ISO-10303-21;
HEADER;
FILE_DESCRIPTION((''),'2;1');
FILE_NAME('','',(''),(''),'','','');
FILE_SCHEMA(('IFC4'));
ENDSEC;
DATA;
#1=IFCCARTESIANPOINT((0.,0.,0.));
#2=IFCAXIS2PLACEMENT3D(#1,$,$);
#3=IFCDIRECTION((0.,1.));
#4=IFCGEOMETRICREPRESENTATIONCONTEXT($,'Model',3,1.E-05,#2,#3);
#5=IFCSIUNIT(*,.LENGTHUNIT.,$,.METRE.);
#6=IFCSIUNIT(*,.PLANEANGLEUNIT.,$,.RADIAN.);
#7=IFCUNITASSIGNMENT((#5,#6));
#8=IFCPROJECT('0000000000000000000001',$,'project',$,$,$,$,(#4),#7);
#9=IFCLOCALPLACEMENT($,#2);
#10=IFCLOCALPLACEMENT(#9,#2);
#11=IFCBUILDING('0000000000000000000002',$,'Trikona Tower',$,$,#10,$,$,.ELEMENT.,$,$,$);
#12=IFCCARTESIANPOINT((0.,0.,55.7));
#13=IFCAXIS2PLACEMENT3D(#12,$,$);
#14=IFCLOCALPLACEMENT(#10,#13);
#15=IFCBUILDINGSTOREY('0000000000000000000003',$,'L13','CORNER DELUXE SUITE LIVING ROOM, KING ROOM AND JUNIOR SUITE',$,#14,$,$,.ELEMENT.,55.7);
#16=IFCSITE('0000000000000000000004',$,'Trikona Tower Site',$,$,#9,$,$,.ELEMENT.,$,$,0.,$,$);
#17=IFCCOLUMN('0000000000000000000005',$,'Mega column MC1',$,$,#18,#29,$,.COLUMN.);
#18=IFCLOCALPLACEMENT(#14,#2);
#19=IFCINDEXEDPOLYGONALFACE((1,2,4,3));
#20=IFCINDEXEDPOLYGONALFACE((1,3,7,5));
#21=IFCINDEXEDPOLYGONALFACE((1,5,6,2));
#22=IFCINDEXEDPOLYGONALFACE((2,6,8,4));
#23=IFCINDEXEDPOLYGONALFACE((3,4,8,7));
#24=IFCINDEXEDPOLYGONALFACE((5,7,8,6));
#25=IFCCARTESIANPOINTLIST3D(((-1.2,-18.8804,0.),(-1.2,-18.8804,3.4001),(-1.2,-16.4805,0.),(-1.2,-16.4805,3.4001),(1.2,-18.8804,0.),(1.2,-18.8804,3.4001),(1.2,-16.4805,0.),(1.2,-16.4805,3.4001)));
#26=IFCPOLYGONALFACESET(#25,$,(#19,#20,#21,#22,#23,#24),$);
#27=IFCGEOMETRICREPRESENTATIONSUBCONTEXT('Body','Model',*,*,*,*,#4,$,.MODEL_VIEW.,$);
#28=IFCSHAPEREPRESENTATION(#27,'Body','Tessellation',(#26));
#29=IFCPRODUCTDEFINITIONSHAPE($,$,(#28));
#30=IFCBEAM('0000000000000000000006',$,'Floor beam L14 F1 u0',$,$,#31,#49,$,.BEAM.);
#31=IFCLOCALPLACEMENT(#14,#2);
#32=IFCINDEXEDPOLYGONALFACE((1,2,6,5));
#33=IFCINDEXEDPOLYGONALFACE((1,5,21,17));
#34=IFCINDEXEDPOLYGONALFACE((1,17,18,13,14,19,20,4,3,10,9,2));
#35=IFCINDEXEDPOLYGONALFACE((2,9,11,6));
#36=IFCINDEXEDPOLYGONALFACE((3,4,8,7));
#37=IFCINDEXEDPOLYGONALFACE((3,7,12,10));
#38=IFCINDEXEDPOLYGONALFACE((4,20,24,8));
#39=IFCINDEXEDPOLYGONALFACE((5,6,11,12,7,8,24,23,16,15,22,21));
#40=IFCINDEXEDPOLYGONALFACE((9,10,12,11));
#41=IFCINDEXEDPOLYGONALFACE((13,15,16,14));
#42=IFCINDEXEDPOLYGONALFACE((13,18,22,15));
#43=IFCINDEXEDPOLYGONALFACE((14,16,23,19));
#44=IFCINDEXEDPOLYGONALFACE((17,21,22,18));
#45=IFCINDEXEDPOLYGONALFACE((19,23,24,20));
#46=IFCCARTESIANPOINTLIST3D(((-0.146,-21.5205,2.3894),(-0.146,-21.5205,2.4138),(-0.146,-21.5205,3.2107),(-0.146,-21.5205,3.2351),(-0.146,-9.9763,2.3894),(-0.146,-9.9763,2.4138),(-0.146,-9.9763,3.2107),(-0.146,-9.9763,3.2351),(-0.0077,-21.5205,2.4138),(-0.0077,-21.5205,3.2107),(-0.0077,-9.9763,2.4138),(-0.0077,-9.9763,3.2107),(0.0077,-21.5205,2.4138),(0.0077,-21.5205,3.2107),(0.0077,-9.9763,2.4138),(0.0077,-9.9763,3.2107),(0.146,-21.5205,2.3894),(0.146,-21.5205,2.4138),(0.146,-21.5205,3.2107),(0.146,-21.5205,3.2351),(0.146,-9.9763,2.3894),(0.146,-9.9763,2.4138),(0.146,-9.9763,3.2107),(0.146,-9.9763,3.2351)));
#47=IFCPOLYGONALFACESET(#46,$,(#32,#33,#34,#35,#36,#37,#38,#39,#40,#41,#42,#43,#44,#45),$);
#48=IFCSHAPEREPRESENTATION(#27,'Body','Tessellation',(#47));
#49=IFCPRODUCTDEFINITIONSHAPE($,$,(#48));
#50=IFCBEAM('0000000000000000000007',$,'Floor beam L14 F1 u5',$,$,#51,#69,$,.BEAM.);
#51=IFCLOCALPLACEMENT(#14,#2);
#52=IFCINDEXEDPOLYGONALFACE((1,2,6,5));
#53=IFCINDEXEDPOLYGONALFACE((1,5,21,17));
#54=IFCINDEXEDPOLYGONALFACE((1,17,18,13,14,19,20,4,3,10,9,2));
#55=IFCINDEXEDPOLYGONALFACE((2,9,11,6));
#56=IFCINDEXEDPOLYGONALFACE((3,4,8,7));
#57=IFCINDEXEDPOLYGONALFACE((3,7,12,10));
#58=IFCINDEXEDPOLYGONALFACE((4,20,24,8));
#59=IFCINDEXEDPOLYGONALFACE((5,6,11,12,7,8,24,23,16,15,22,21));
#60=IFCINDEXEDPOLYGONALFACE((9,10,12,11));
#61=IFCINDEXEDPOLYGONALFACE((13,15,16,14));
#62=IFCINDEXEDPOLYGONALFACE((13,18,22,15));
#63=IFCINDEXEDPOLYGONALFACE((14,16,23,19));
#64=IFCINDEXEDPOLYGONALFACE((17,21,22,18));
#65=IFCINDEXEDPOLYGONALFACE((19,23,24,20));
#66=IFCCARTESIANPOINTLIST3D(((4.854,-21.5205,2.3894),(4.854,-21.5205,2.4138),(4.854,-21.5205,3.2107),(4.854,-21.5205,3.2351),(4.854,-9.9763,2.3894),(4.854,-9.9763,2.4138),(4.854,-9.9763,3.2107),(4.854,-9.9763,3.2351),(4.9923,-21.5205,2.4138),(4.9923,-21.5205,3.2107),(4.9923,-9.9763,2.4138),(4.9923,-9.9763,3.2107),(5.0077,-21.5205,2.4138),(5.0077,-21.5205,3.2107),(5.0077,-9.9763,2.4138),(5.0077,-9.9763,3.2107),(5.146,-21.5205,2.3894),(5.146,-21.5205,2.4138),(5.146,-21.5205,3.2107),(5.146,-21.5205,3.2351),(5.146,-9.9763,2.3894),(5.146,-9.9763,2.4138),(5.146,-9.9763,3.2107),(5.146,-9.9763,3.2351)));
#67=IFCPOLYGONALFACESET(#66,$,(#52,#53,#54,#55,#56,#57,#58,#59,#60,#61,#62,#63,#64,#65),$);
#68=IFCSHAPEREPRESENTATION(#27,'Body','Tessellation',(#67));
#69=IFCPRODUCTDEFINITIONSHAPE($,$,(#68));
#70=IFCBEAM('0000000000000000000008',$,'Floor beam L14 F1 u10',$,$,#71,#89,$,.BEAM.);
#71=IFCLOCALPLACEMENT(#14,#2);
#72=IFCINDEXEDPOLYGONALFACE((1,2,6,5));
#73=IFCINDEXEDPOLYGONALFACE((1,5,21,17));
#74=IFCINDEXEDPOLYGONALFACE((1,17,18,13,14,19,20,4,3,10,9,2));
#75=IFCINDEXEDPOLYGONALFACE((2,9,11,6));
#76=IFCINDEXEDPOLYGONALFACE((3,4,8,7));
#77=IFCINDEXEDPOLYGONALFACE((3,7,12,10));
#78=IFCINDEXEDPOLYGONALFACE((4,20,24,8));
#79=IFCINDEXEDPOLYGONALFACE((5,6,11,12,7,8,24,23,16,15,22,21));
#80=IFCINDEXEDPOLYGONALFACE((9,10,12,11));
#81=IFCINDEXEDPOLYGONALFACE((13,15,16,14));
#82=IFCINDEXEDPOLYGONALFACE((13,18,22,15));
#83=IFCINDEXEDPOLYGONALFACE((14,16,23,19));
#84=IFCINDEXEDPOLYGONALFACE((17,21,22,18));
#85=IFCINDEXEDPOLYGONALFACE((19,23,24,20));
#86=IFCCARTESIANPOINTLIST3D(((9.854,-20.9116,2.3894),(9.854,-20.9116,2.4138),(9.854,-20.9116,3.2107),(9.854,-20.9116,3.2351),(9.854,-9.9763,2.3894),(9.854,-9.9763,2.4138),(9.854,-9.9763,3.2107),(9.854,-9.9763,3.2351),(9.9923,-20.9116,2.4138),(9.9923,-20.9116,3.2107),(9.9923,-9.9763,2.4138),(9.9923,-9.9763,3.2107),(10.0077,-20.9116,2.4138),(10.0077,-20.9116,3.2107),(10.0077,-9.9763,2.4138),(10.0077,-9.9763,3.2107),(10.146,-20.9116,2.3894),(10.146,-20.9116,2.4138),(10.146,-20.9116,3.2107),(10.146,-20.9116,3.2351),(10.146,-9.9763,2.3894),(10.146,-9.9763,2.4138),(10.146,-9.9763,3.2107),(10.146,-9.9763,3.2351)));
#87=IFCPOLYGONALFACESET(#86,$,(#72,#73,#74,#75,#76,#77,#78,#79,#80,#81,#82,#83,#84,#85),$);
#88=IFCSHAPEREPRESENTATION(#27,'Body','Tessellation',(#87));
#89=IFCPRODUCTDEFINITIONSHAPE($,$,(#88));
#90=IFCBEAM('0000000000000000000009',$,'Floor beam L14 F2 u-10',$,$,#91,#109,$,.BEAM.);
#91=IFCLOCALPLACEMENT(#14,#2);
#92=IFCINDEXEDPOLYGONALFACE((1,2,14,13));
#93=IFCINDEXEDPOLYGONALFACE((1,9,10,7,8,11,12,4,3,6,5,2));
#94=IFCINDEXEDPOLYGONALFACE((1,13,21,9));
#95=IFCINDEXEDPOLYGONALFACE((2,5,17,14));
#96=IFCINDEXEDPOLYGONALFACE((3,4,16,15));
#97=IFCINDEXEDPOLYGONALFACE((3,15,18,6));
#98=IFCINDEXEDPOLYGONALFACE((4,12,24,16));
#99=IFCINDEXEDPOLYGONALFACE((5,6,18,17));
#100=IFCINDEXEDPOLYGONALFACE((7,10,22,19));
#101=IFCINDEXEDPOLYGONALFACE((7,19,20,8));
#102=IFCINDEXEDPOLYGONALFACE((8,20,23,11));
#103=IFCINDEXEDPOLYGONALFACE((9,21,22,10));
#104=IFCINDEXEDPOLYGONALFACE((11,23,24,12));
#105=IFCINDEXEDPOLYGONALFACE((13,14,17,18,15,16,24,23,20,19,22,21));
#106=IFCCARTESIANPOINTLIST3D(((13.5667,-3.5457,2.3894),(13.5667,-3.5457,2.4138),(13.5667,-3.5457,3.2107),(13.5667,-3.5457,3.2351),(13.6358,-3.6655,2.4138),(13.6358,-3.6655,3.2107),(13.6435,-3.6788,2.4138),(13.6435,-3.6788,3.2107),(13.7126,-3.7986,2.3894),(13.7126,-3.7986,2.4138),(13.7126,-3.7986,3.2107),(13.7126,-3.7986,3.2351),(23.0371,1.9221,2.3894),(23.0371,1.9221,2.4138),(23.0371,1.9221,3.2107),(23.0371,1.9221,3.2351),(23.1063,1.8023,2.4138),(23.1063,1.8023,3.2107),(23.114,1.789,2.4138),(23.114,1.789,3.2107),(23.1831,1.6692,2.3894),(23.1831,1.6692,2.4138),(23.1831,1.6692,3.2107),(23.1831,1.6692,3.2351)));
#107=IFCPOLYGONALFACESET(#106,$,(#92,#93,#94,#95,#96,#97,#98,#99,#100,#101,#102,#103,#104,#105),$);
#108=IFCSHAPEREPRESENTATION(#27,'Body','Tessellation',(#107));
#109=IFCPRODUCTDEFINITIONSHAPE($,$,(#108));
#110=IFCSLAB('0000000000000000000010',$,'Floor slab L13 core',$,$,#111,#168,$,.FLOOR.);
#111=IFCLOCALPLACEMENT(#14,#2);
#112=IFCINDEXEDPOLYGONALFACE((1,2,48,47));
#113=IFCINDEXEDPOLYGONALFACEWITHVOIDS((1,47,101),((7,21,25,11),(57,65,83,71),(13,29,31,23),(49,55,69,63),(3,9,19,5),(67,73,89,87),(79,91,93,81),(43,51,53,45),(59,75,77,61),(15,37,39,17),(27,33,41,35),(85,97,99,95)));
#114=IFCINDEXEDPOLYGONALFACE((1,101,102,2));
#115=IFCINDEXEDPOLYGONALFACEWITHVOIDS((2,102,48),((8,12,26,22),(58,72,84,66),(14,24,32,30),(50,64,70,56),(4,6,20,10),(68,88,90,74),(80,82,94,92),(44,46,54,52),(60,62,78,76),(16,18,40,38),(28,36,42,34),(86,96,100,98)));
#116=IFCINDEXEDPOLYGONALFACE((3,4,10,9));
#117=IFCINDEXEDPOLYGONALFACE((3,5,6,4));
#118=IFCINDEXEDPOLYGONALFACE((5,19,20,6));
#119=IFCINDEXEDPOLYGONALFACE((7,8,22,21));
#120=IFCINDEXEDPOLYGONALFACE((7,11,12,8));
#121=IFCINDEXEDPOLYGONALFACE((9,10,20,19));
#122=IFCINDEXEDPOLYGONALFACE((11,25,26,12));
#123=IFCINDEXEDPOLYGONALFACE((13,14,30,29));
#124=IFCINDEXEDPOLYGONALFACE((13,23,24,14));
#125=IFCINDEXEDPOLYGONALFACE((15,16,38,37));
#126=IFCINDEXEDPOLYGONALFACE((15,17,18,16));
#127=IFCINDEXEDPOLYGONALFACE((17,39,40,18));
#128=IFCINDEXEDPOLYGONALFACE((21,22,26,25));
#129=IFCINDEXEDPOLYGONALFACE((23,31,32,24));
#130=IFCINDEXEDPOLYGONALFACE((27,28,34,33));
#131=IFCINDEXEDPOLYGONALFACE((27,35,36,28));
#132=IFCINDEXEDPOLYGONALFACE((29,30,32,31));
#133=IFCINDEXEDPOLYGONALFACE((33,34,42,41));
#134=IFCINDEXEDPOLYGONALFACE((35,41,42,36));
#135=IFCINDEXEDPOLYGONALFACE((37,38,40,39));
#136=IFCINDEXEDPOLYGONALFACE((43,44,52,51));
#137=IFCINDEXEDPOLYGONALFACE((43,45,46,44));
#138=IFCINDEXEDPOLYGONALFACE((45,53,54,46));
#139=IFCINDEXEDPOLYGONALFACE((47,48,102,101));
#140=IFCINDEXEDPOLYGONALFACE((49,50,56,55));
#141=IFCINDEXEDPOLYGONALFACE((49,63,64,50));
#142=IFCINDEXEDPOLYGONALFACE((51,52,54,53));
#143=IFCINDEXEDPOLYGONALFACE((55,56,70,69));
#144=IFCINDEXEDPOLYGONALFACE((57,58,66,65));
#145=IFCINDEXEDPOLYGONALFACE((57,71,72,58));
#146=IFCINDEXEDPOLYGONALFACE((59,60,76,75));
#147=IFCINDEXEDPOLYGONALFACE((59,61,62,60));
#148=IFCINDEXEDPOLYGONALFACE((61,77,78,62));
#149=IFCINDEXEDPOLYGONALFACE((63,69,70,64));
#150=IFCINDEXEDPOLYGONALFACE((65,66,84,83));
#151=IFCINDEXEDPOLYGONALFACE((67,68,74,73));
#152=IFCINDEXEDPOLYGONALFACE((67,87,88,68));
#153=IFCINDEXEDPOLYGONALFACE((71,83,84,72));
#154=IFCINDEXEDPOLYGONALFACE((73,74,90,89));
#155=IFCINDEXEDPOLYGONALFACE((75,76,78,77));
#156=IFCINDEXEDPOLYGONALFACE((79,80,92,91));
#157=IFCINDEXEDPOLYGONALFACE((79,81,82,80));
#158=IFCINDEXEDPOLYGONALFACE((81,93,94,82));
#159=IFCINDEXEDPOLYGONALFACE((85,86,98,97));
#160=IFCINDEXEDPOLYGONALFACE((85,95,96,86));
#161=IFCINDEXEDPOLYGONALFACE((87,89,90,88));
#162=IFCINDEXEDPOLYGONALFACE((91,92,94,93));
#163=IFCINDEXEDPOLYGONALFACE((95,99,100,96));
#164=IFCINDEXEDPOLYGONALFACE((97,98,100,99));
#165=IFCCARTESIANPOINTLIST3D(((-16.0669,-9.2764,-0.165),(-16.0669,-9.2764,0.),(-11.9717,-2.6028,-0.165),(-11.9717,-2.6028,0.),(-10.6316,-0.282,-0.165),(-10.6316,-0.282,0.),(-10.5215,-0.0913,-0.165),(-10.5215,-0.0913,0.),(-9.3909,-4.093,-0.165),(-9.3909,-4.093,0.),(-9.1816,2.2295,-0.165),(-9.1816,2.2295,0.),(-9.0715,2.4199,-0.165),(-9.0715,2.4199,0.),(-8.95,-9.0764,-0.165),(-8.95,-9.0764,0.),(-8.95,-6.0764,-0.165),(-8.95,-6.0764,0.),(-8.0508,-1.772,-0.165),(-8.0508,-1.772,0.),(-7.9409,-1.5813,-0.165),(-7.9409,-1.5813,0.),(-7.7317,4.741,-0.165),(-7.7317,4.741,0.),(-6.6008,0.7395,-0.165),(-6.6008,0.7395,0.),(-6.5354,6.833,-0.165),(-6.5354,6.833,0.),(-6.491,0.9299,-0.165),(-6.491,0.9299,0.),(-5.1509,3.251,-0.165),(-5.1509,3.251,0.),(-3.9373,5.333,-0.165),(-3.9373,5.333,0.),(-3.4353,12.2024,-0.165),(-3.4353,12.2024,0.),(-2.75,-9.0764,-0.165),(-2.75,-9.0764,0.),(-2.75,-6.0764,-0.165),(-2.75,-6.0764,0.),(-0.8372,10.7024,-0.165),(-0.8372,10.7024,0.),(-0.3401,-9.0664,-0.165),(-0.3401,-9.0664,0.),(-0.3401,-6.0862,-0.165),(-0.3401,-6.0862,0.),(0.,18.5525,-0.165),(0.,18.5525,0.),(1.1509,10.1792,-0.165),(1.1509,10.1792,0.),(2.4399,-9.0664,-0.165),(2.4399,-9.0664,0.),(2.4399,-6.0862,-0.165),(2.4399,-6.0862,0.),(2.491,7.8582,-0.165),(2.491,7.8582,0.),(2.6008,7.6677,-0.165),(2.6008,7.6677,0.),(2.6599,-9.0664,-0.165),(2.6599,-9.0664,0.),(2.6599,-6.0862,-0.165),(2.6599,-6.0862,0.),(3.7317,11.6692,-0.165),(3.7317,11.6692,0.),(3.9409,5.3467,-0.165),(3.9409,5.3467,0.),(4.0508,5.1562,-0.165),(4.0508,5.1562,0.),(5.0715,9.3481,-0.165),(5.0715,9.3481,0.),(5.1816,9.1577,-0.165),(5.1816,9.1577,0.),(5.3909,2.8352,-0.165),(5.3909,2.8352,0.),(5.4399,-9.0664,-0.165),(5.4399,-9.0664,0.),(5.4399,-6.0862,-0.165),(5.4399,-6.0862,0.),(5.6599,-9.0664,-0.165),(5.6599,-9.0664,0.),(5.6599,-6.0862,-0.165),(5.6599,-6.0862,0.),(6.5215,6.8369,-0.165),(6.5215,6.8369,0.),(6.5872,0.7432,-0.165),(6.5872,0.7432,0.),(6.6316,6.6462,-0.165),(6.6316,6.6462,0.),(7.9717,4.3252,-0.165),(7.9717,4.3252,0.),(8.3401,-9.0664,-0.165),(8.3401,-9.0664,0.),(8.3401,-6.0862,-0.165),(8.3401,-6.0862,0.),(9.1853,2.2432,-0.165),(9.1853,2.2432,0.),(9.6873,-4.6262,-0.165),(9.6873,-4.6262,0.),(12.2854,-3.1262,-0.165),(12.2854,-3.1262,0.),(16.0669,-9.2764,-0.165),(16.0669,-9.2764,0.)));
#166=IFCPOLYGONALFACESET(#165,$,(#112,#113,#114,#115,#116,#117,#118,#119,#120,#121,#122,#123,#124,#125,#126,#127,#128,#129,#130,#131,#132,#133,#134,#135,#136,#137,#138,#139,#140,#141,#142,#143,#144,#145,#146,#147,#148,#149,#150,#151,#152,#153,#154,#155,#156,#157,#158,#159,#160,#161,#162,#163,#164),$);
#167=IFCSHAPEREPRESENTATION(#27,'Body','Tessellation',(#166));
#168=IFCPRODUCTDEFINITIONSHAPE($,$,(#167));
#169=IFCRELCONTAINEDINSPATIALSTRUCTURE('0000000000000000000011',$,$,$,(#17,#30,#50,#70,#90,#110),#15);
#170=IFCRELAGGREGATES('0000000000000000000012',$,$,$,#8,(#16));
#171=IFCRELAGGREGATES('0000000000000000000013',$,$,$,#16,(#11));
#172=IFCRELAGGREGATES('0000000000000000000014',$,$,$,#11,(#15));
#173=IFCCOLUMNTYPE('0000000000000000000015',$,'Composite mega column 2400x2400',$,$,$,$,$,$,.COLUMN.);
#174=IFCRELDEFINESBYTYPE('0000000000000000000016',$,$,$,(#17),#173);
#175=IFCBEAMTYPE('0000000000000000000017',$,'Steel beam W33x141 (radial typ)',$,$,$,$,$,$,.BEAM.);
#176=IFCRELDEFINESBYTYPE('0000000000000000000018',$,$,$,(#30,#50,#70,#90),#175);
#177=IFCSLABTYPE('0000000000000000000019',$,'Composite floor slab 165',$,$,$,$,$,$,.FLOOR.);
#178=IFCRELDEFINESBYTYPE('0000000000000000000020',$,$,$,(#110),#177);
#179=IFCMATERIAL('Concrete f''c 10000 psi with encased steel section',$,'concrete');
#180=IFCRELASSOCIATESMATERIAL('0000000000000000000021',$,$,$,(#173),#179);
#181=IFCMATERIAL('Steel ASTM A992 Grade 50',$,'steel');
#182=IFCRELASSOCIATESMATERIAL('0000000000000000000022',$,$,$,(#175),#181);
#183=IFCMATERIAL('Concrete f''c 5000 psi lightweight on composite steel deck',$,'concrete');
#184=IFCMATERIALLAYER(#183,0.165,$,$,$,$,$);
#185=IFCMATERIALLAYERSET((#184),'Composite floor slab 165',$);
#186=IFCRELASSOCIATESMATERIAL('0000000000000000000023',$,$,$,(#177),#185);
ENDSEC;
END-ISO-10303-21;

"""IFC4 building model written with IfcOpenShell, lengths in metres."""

from ifc_helpers import new_model, si_unit, direction, frame, origin, origin_2d, place, context, subcontext, project, spatial, polyline, rectangle, i_section, outline, extrude, material, layer, layer_set, material_profile, profile_set, type_object, element, save


model = new_model("IFC4")

# Units and contexts
model_context = context("Model", 3, precision=1e-05, world=origin(), true_north=direction((0.0, 1.0)))
body_context = subcontext(model_context, "Body", "Model", "MODEL_VIEW")
ifc_project = project(units=[si_unit("LENGTHUNIT", "METRE"), si_unit("PLANEANGLEUNIT", "RADIAN")], contexts=[model_context])

# Site, building, storey
site_placement = place(None, origin())
site = spatial("IfcSite", under=ifc_project, at=site_placement, Name="Trikona Tower Site", CompositionType="ELEMENT", RefElevation=0.0)
building_placement = place(site_placement, origin())
building = spatial("IfcBuilding", under=site, at=building_placement, Name="Trikona Tower", CompositionType="ELEMENT")
storey_placement = place(building_placement, frame((0.0, 0.0, 55.7)))
storey = spatial("IfcBuildingStorey", under=building, at=storey_placement, Name="L13", Description="CORNER DELUXE SUITE LIVING ROOM, KING ROOM AND JUNIOR SUITE", CompositionType="ELEMENT", Elevation=55.7)

# Column
ifc_material_1 = material(Name="Concrete f'c 10000 psi with encased steel section", Category="concrete")
ifc_material_profile_1 = material_profile(ifc_material_1, rectangle(XDim=2.3999, YDim=2.3999, at=origin_2d()), Name="MC2400")
ifc_profile_set_1 = profile_set([ifc_material_profile_1], Name="Concrete f'c 10000 psi with encased steel section")
column_type = type_object("IfcColumnType", Name="Composite mega column 2400x2400", PredefinedType="COLUMN", material=ifc_profile_set_1)
column_placement = place(storey_placement, frame((0.0, -17.6804, 0.0), z_axis=(0.0, 0.0, 1.0), x_axis=(0.0, -1.0, 0.0)))
element("IfcColumn", 1, at=column_placement, inside=storey, type_object=column_type, Name="Mega column MC1", PredefinedType="COLUMN", context=body_context, shape_type="SweptSolid", body=[
    extrude(rectangle(XDim=2.3999, YDim=2.3999, at=origin_2d()), origin(), (0.0, 0.0, 1.0), 3.4001),
])

# Beams
ifc_material_2 = material(Name="Steel ASTM A992 Grade 50", Category="steel")
ifc_material_profile_2 = material_profile(ifc_material_2, i_section(OverallWidth=0.292, OverallDepth=0.8457, WebThickness=0.0154, FlangeThickness=0.0244, at=origin_2d()), Name="W33X141")
ifc_profile_set_2 = profile_set([ifc_material_profile_2], Name="Steel ASTM A992 Grade 50")
beam_type = type_object("IfcBeamType", Name="Steel beam W33x141 (radial typ)", PredefinedType="BEAM", material=ifc_profile_set_2)
for number, where, z_axis, x_axis, name in (
    (2, (0.0, -9.9763, 2.8123), (0.0, -1.0, 0.0), (1.0, 0.0, 0.0), "Floor beam L14 F1 u0"),
    (3, (5.0, -9.9763, 2.8123), (0.0, -1.0, 0.0), (1.0, 0.0, 0.0), "Floor beam L14 F1 u5"),
):
    element("IfcBeam", number, at=place(storey_placement, frame(where, z_axis=z_axis, x_axis=x_axis)), inside=storey, type_object=beam_type, Name=name, PredefinedType="BEAM", context=body_context, shape_type="SweptSolid", body=[
        extrude(i_section(OverallWidth=0.292, OverallDepth=0.8457, WebThickness=0.0154, FlangeThickness=0.0244, at=origin_2d()), origin(), (0.0, 0.0, 1.0), 11.5442),
    ])
beam_1_placement = place(storey_placement, frame((10.0, -9.9763, 2.8123), z_axis=(0.0, -1.0, 0.0), x_axis=(1.0, 0.0, 0.0)))
element("IfcBeam", 4, at=beam_1_placement, inside=storey, type_object=beam_type, Name="Floor beam L14 F1 u10", PredefinedType="BEAM", context=body_context, shape_type="SweptSolid", body=[
    extrude(i_section(OverallWidth=0.292, OverallDepth=0.8457, WebThickness=0.0154, FlangeThickness=0.0244, at=origin_2d()), origin(), (0.0, 0.0, 1.0), 10.9353),
])
beam_2_placement = place(storey_placement, frame((13.6396, -3.6721, 2.8123), z_axis=(0.866025, 0.5, 0.0), x_axis=(-0.5, 0.866025, 0.0)))
element("IfcBeam", 5, at=beam_2_placement, inside=storey, type_object=beam_type, Name="Floor beam L14 F2 u-10", PredefinedType="BEAM", context=body_context, shape_type="SweptSolid", body=[
    extrude(i_section(OverallWidth=0.292, OverallDepth=0.8457, WebThickness=0.0154, FlangeThickness=0.0244, at=origin_2d()), origin(), (0.0, 0.0, 1.0), 10.9355),
])

# Slab
ifc_material_3 = material(Name="Concrete f'c 5000 psi lightweight on composite steel deck", Category="concrete")
ifc_layer_1 = layer(ifc_material_3, 0.165)
ifc_layer_set_1 = layer_set([ifc_layer_1], Name="Composite floor slab 165")
slab_type = type_object("IfcSlabType", Name="Composite floor slab 165", PredefinedType="FLOOR", material=ifc_layer_set_1)
slab_1_placement = place(storey_placement, frame((0.0, 0.0, -0.165)))
element("IfcSlab", 6, at=slab_1_placement, inside=storey, type_object=slab_type, Name="Floor slab L13 core", PredefinedType="FLOOR", context=body_context, shape_type="SweptSolid", body=[
    extrude(outline(polyline([(-16.0669, -9.2764), (16.0669, -9.2764), (0.0, 18.5525), (-16.0669, -9.2764)]), holes=[polyline([(12.2854, -3.1262), (9.1853, 2.2432), (6.5872, 0.7432), (9.6873, -4.6262), (12.2854, -3.1262)]), polyline([(8.3401, -9.0664), (8.3401, -6.0862), (5.6599, -6.0862), (5.6599, -9.0664), (8.3401, -9.0664)]), polyline([(5.3909, 2.8352), (7.9717, 4.3252), (6.6316, 6.6462), (4.0508, 5.1562), (5.3909, 2.8352)]), polyline([(2.6008, 7.6677), (3.9409, 5.3467), (6.5215, 6.8369), (5.1816, 9.1577), (2.6008, 7.6677)]), polyline([(5.4399, -6.0862), (2.6599, -6.0862), (2.6599, -9.0664), (5.4399, -9.0664), (5.4399, -6.0862)]), polyline([(3.7317, 11.6692), (1.1509, 10.1792), (2.491, 7.8582), (5.0715, 9.3481), (3.7317, 11.6692)]), polyline([(-0.3401, -6.0862), (-0.3401, -9.0664), (2.4399, -9.0664), (2.4399, -6.0862), (-0.3401, -6.0862)]), polyline([(-3.4353, 12.2024), (-6.5354, 6.833), (-3.9373, 5.333), (-0.8372, 10.7024), (-3.4353, 12.2024)]), polyline([(-8.95, -9.0764), (-2.75, -9.0764), (-2.75, -6.0764), (-8.95, -6.0764), (-8.95, -9.0764)]), polyline([(-5.1509, 3.251), (-7.7317, 4.741), (-9.0715, 2.4199), (-6.491, 0.9299), (-5.1509, 3.251)]), polyline([(-7.9409, -1.5813), (-6.6008, 0.7395), (-9.1816, 2.2295), (-10.5215, -0.0913), (-7.9409, -1.5813)]), polyline([(-11.9717, -2.6028), (-9.3909, -4.093), (-8.0508, -1.772), (-10.6316, -0.282), (-11.9717, -2.6028)])]), origin(), (0.0, 0.0, 1.0), 0.165),
])

save(model, "model.ifc")
